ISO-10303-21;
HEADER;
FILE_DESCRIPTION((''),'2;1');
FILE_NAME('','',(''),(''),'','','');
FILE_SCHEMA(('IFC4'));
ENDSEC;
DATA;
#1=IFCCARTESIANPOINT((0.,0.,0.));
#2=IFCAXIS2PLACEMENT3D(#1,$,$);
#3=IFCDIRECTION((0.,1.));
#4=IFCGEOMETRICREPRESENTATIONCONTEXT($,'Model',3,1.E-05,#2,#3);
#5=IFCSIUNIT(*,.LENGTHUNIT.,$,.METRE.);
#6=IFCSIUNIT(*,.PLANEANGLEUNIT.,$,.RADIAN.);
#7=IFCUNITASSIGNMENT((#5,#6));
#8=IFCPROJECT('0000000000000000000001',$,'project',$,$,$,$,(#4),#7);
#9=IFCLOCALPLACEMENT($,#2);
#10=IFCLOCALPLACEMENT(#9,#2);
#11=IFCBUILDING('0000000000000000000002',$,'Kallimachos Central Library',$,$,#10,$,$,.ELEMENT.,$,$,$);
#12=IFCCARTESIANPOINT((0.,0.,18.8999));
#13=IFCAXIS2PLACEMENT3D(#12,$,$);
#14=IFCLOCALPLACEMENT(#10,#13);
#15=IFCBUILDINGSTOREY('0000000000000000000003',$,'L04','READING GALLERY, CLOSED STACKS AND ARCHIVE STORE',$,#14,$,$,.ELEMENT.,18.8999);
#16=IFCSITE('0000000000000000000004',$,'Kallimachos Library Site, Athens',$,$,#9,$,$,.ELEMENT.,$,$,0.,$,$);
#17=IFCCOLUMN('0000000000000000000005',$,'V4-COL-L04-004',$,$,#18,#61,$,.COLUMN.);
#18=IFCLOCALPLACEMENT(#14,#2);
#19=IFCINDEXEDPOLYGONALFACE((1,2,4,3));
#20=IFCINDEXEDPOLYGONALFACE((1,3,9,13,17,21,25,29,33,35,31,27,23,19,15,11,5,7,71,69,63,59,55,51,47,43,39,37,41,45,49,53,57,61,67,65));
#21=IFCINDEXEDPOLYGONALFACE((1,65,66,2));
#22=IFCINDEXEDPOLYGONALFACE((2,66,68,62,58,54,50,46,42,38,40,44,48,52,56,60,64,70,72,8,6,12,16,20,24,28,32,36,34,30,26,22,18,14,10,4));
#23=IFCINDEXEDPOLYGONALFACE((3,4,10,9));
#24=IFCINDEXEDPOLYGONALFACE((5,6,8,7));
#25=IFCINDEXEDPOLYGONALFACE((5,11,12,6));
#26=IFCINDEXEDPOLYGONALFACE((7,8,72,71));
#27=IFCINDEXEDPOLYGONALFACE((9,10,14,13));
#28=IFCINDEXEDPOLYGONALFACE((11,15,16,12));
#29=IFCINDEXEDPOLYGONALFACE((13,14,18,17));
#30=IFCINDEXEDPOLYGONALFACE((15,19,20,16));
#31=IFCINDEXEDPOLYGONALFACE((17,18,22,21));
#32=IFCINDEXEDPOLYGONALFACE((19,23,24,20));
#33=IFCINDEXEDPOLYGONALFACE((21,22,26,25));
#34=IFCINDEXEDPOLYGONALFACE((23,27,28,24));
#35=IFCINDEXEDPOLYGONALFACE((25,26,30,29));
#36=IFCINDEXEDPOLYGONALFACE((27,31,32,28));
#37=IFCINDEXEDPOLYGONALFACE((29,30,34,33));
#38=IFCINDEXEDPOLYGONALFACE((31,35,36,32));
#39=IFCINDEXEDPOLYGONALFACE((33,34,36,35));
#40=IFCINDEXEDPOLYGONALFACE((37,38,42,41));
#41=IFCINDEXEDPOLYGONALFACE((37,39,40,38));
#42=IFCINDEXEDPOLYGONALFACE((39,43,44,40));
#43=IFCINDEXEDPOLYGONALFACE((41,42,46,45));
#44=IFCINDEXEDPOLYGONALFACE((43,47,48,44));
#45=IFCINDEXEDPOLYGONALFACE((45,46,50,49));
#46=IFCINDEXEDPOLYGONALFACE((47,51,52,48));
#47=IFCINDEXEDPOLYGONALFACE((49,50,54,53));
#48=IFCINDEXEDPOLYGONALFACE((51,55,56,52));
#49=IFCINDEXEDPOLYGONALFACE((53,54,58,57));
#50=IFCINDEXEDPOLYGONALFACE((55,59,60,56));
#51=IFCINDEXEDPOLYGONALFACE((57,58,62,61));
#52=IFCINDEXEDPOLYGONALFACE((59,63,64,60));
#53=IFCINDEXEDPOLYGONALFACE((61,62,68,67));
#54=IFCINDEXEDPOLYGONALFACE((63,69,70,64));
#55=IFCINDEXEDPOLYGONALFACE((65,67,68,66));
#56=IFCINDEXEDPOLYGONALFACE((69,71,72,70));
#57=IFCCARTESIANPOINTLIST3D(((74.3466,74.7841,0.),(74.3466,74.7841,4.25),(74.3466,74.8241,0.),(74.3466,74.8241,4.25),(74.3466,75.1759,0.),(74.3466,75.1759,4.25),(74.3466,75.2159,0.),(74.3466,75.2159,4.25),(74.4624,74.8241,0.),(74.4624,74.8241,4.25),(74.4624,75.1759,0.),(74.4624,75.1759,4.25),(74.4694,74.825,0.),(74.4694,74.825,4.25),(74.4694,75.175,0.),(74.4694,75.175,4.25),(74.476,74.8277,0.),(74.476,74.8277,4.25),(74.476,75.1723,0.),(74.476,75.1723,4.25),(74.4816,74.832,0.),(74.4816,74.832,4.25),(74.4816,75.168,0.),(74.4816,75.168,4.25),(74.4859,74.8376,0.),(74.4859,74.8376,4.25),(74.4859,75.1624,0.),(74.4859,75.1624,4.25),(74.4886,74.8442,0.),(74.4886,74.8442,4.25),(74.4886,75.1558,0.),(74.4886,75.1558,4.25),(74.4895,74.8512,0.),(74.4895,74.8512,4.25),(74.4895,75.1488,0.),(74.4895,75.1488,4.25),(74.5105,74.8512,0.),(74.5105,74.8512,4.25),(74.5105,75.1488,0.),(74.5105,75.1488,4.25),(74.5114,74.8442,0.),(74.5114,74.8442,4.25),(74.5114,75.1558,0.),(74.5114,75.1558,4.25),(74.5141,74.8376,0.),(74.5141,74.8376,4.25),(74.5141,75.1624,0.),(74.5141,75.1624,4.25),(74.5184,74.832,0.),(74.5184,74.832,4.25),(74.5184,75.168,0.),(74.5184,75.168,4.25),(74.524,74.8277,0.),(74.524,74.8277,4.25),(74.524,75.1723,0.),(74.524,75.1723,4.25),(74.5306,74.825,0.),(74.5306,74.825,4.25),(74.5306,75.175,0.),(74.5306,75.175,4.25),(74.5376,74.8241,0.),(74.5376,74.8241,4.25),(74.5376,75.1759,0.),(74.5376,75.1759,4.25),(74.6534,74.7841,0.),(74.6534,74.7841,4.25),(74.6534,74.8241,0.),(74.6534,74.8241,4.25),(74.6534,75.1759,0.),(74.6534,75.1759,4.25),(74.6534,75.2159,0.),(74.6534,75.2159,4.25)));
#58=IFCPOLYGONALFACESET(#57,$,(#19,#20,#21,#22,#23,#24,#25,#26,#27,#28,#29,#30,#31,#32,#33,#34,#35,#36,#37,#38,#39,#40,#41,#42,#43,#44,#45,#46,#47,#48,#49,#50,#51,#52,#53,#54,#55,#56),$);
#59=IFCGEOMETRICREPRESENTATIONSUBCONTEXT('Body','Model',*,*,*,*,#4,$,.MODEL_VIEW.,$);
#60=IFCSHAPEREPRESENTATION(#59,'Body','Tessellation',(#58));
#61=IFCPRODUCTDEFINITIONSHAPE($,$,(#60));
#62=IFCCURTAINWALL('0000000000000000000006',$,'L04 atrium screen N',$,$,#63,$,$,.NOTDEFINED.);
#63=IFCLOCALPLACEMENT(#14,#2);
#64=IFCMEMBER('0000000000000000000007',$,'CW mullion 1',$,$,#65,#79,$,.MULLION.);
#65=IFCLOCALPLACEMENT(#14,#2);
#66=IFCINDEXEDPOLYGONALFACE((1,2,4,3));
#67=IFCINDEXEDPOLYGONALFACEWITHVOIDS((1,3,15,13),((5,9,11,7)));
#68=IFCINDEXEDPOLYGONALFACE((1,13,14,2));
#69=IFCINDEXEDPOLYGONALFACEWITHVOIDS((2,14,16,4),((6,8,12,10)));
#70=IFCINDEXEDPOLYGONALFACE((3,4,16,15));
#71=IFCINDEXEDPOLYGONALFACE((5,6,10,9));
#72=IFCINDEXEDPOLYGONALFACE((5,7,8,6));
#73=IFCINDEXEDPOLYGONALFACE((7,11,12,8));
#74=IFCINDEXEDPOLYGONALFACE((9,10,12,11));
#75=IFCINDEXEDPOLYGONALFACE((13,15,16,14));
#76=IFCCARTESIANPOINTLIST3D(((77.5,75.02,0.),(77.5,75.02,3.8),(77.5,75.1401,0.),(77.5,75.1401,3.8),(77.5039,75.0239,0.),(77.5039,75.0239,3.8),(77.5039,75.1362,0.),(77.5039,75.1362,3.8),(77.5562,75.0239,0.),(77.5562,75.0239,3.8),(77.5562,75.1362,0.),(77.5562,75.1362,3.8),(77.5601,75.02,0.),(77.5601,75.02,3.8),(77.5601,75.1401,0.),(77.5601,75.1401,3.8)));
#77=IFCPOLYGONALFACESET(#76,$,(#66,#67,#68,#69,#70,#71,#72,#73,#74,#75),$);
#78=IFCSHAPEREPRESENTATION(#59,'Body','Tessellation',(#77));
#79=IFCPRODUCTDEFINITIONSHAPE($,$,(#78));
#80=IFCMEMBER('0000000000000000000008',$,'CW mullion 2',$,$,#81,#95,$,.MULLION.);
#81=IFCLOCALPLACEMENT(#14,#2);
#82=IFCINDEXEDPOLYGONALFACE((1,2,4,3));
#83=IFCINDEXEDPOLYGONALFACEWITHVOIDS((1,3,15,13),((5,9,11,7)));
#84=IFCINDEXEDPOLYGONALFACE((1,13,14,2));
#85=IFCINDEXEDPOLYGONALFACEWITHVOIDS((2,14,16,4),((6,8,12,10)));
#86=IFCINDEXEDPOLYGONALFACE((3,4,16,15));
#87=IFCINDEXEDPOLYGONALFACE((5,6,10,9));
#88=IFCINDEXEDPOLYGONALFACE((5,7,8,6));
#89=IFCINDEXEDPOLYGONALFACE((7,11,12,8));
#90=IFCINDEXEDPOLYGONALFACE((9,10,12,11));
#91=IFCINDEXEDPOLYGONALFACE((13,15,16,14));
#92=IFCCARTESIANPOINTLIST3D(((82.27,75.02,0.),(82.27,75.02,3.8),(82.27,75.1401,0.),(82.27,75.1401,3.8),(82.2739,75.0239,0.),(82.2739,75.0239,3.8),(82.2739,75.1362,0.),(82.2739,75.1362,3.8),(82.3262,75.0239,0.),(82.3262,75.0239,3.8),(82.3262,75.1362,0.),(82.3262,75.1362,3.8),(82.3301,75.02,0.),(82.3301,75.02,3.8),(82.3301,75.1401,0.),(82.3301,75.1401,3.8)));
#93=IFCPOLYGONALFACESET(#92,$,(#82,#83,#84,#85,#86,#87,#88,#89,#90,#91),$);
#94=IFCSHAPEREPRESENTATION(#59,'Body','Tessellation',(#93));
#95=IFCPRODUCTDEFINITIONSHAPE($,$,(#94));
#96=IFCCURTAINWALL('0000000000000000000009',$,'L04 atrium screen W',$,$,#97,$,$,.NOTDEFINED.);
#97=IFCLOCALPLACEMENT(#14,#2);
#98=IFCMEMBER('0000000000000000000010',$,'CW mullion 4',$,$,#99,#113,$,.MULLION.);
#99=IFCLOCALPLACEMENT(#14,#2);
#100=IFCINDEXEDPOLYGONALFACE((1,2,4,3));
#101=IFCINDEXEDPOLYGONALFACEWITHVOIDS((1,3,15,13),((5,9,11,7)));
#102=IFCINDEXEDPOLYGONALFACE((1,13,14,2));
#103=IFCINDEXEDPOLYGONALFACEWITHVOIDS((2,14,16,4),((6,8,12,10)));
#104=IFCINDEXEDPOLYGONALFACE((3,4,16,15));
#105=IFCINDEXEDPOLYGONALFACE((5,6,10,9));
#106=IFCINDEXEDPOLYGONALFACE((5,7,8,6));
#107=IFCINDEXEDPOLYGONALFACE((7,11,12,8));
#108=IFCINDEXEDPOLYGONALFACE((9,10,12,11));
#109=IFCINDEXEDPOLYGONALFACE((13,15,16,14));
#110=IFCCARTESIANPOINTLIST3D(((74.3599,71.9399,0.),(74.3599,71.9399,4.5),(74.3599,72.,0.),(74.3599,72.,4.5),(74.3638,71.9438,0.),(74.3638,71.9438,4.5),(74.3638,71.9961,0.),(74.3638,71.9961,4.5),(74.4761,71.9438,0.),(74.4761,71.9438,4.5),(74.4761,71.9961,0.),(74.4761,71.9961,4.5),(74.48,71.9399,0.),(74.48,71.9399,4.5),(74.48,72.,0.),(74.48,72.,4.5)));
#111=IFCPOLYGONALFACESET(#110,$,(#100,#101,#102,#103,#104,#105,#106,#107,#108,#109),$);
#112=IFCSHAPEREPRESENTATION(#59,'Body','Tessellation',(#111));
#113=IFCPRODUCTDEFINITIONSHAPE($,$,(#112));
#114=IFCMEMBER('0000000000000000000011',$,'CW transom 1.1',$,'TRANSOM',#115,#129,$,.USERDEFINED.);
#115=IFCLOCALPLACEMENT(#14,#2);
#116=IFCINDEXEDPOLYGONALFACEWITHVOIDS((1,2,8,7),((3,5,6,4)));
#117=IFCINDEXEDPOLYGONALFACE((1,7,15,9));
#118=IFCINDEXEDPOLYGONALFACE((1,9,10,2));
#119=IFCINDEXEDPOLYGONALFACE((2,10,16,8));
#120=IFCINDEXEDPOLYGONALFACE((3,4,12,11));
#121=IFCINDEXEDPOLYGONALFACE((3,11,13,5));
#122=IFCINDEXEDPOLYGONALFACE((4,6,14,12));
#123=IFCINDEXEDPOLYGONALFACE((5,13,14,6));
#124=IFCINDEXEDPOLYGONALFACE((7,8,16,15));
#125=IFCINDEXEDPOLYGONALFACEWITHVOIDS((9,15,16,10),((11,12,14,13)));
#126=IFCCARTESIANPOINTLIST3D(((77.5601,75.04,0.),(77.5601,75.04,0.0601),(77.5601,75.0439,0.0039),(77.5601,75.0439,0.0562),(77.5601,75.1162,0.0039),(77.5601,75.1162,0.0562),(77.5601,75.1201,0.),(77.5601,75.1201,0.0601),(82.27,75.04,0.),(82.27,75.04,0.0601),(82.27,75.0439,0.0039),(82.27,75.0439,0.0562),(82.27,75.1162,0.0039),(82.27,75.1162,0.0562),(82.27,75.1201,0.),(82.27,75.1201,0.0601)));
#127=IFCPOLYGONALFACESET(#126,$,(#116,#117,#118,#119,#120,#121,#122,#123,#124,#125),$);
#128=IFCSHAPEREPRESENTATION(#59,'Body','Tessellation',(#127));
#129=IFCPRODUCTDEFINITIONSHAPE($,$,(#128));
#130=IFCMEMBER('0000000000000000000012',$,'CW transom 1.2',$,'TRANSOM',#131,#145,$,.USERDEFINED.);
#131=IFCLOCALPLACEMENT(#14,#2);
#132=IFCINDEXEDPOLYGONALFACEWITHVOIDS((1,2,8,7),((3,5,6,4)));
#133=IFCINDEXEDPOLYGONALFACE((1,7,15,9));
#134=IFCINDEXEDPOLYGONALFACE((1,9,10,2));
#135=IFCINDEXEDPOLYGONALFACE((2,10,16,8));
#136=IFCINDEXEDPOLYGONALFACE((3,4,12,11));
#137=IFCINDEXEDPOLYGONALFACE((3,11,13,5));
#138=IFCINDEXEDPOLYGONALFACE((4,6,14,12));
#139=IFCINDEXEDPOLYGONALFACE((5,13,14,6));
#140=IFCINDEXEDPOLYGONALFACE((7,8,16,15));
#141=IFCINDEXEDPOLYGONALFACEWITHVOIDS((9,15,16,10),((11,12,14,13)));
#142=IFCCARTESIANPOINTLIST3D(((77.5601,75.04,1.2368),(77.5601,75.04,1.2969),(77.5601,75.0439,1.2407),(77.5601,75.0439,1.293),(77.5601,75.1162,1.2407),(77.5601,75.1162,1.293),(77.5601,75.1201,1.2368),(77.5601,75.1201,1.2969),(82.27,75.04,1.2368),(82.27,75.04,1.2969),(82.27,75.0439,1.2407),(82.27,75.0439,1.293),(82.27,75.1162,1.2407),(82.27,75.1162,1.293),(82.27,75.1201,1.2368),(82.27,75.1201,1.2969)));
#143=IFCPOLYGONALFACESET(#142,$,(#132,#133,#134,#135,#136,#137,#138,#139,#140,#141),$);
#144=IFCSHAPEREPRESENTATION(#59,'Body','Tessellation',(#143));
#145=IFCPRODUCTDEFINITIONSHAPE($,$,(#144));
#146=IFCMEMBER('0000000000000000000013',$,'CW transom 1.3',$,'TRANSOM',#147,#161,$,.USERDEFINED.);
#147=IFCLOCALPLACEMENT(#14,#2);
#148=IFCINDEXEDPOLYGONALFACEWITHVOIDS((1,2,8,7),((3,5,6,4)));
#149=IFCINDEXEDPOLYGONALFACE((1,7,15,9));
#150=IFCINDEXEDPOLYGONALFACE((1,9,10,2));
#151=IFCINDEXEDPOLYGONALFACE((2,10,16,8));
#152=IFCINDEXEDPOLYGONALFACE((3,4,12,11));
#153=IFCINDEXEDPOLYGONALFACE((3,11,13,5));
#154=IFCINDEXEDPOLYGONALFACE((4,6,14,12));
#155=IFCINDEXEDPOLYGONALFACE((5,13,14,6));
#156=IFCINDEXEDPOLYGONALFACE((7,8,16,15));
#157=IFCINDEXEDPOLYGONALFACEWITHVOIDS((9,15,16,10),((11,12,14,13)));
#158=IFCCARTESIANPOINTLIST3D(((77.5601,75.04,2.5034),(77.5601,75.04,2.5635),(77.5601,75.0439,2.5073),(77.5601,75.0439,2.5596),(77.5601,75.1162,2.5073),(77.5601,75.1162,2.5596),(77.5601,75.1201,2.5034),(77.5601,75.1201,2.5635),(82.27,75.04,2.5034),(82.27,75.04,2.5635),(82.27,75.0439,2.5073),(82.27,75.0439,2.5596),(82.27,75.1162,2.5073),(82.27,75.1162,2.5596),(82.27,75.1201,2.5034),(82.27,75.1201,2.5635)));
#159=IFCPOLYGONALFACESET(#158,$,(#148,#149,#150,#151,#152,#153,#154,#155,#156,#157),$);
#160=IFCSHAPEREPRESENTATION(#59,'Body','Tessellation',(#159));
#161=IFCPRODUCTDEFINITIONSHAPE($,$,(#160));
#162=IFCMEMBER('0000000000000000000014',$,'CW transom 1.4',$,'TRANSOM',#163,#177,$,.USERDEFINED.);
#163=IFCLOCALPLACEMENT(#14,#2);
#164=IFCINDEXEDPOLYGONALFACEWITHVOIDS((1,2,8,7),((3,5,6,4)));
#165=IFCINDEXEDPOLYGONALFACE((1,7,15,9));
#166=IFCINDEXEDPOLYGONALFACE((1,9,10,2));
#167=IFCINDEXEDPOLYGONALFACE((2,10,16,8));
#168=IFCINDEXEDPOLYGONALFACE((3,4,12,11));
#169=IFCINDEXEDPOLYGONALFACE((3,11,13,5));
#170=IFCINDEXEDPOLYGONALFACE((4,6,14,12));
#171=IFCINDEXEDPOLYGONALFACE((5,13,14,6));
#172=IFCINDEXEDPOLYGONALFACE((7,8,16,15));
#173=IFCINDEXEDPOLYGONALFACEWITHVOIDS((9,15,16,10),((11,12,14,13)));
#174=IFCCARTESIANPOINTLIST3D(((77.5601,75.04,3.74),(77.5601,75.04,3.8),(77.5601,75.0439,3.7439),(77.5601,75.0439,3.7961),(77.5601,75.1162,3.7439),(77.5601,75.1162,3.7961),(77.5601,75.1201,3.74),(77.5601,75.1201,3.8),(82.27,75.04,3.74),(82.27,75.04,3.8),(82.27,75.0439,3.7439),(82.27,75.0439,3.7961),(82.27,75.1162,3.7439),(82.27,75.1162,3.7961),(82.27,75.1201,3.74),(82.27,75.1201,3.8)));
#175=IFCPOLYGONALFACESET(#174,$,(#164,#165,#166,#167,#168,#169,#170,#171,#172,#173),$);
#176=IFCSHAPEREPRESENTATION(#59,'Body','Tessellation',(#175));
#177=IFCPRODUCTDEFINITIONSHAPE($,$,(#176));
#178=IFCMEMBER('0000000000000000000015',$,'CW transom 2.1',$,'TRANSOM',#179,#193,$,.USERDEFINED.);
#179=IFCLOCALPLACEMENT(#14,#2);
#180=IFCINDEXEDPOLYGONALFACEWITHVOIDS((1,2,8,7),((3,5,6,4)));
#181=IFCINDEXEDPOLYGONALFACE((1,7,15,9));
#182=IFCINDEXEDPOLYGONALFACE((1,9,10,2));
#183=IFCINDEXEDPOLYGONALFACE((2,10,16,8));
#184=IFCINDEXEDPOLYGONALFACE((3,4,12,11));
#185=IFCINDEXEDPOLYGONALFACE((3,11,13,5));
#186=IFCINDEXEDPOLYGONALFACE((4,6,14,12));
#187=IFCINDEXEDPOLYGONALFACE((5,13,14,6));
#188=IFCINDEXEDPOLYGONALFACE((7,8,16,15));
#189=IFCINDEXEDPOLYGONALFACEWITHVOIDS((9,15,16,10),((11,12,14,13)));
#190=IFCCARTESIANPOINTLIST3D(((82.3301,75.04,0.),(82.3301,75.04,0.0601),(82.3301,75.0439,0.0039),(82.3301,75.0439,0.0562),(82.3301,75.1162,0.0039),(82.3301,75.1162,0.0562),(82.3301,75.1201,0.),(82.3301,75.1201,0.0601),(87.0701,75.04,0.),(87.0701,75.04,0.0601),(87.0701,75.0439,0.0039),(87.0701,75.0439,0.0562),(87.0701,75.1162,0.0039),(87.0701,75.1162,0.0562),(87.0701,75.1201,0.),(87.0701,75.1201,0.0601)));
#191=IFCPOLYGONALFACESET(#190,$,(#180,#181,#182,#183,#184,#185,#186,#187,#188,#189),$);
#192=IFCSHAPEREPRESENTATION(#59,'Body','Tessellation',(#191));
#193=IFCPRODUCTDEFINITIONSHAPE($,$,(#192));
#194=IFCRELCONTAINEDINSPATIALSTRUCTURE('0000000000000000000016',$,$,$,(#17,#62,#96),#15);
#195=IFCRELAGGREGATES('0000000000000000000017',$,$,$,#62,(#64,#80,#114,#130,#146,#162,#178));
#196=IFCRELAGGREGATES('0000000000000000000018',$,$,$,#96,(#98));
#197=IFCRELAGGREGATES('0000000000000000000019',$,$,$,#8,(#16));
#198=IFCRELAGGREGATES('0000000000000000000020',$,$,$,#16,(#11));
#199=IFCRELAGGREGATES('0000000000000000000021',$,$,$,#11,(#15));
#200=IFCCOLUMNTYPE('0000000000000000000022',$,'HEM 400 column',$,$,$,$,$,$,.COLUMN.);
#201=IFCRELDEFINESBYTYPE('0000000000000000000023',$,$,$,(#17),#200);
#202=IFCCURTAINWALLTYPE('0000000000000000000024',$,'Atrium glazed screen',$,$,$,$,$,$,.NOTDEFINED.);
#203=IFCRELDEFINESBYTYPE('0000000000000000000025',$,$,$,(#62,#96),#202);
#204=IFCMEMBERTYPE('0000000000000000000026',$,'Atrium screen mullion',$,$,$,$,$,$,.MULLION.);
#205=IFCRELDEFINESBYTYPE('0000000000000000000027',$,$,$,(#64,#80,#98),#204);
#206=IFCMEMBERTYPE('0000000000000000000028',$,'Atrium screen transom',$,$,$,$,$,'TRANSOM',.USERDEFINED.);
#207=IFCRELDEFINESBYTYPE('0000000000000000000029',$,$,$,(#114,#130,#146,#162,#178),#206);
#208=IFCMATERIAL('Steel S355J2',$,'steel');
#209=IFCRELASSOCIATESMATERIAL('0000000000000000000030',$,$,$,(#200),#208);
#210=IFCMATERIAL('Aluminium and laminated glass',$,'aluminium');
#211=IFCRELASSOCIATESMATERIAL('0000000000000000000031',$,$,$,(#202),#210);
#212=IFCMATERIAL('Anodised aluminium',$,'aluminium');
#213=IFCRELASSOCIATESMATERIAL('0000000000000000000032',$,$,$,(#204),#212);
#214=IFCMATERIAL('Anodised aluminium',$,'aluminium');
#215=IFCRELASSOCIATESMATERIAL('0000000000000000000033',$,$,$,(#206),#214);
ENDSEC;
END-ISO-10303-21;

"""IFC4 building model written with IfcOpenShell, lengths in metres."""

from ifc_helpers import new_model, si_unit, direction, frame, origin, origin_2d, place, context, subcontext, project, spatial, hollow_rectangle, i_section, extrude, material, material_profile, profile_set, type_object, element, aggregate, save


model = new_model("IFC4")

# Units and contexts
model_context = context("Model", 3, precision=1e-05, world=origin(), true_north=direction((0.0, 1.0)))
body_context = subcontext(model_context, "Body", "Model", "MODEL_VIEW")
ifc_project = project(units=[si_unit("LENGTHUNIT", "METRE"), si_unit("PLANEANGLEUNIT", "RADIAN")], contexts=[model_context])

# Site, building, storey
site_placement = place(None, origin())
site = spatial("IfcSite", under=ifc_project, at=site_placement, Name="Kallimachos Library Site, Athens", CompositionType="ELEMENT", RefElevation=0.0)
building_placement = place(site_placement, origin())
building = spatial("IfcBuilding", under=site, at=building_placement, Name="Kallimachos Central Library", CompositionType="ELEMENT")
storey_placement = place(building_placement, frame((0.0, 0.0, 18.8999)))
storey = spatial("IfcBuildingStorey", under=building, at=storey_placement, Name="L04", Description="READING GALLERY, CLOSED STACKS AND ARCHIVE STORE", CompositionType="ELEMENT", Elevation=18.8999)

# Column
ifc_material_1 = material(Name="Steel S355J2", Category="steel")
ifc_material_profile_1 = material_profile(ifc_material_1, i_section(OverallWidth=0.3069, OverallDepth=0.4319, WebThickness=0.021, FlangeThickness=0.04, FilletRadius=0.0271, at=origin_2d()), Name="HEM 400")
ifc_profile_set_1 = profile_set([ifc_material_profile_1], Name="Steel S355J2")
column_type = type_object("IfcColumnType", Name="HEM 400 column", PredefinedType="COLUMN", material=ifc_profile_set_1)
column_placement = place(storey_placement, frame((74.5, 75.0, 0.0), z_axis=(0.0, 0.0, 1.0), x_axis=(1.0, 0.0, 0.0)))
element("IfcColumn", 1, at=column_placement, inside=storey, type_object=column_type, Name="V4-COL-L04-004", PredefinedType="COLUMN", context=body_context, shape_type="SweptSolid", body=[
    extrude(i_section(OverallWidth=0.3069, OverallDepth=0.4319, WebThickness=0.021, FlangeThickness=0.04, FilletRadius=0.0271, at=origin_2d()), origin(), (0.0, 0.0, 1.0), 4.25),
])

# Curtain wall, members
ifc_material_2 = material(Name="Aluminium and laminated glass", Category="aluminium")
curtain_wall_type = type_object("IfcCurtainWallType", Name="Atrium glazed screen", PredefinedType="NOTDEFINED", material=ifc_material_2)
curtain_wall_1_placement = place(storey_placement, origin())
curtain_wall_1 = element("IfcCurtainWall", 2, at=curtain_wall_1_placement, inside=storey, type_object=curtain_wall_type, Name="L04 atrium screen N", PredefinedType="NOTDEFINED")
ifc_material_3 = material(Name="Anodised aluminium", Category="aluminium")
ifc_material_profile_2 = material_profile(ifc_material_3, hollow_rectangle(XDim=0.0601, YDim=0.1201, WallThickness=0.0039, at=origin_2d()), Name="ALU MULLION 60x120")
ifc_profile_set_2 = profile_set([ifc_material_profile_2], Name="Anodised aluminium")
member_type_1 = type_object("IfcMemberType", Name="Atrium screen mullion", PredefinedType="MULLION", material=ifc_profile_set_2)
member_1_placement = place(storey_placement, frame((77.53, 75.0801, 0.0), z_axis=(0.0, 0.0, 1.0), x_axis=(1.0, 0.0, 0.0)))
member_1 = element("IfcMember", 3, at=member_1_placement, type_object=member_type_1, Name="CW mullion 1", PredefinedType="MULLION", context=body_context, shape_type="SweptSolid", body=[
    extrude(hollow_rectangle(XDim=0.0601, YDim=0.1201, WallThickness=0.0039, at=origin_2d()), origin(), (0.0, 0.0, 1.0), 3.8),
])
member_2_placement = place(storey_placement, frame((82.3, 75.0801, 0.0), z_axis=(0.0, 0.0, 1.0), x_axis=(1.0, 0.0, 0.0)))
member_2 = element("IfcMember", 4, at=member_2_placement, type_object=member_type_1, Name="CW mullion 2", PredefinedType="MULLION", context=body_context, shape_type="SweptSolid", body=[
    extrude(hollow_rectangle(XDim=0.0601, YDim=0.1201, WallThickness=0.0039, at=origin_2d()), origin(), (0.0, 0.0, 1.0), 3.8),
])

# Curtain wall, member
curtain_wall_2_placement = place(storey_placement, origin())
curtain_wall_2 = element("IfcCurtainWall", 5, at=curtain_wall_2_placement, inside=storey, type_object=curtain_wall_type, Name="L04 atrium screen W", PredefinedType="NOTDEFINED")
member_3_placement = place(storey_placement, frame((74.4199, 71.97, 0.0), z_axis=(0.0, 0.0, 1.0), x_axis=(0.0, 1.0, 0.0)))
member_3 = element("IfcMember", 6, at=member_3_placement, type_object=member_type_1, Name="CW mullion 4", PredefinedType="MULLION", context=body_context, shape_type="SweptSolid", body=[
    extrude(hollow_rectangle(XDim=0.0601, YDim=0.1201, WallThickness=0.0039, at=origin_2d()), origin(), (0.0, 0.0, 1.0), 4.5),
])

# Members
ifc_material_4 = material(Name="Anodised aluminium", Category="aluminium")
ifc_material_profile_3 = material_profile(ifc_material_4, hollow_rectangle(XDim=0.0601, YDim=0.0801, WallThickness=0.0039, at=origin_2d()), Name="ALU TRANSOM 60x80")
ifc_profile_set_3 = profile_set([ifc_material_profile_3], Name="Anodised aluminium")
member_type_2 = type_object("IfcMemberType", Name="Atrium screen transom", ElementType="TRANSOM", PredefinedType="USERDEFINED", material=ifc_profile_set_3)
member_4_placement = place(storey_placement, frame((77.5601, 75.0801, 0.03), z_axis=(1.0, 0.0, 0.0), x_axis=(0.0, 0.0, 1.0)))
member_4 = element("IfcMember", 7, at=member_4_placement, type_object=member_type_2, Name="CW transom 1.1", ObjectType="TRANSOM", PredefinedType="USERDEFINED", context=body_context, shape_type="SweptSolid", body=[
    extrude(hollow_rectangle(XDim=0.0601, YDim=0.0801, WallThickness=0.0039, at=origin_2d()), origin(), (0.0, 0.0, 1.0), 4.71),
])
member_5_placement = place(storey_placement, frame((77.5601, 75.0801, 1.2668), z_axis=(1.0, 0.0, 0.0), x_axis=(0.0, 0.0, 1.0)))
member_5 = element("IfcMember", 8, at=member_5_placement, type_object=member_type_2, Name="CW transom 1.2", ObjectType="TRANSOM", PredefinedType="USERDEFINED", context=body_context, shape_type="SweptSolid", body=[
    extrude(hollow_rectangle(XDim=0.0601, YDim=0.0801, WallThickness=0.0039, at=origin_2d()), origin(), (0.0, 0.0, 1.0), 4.71),
])
member_6_placement = place(storey_placement, frame((77.5601, 75.0801, 2.5334), z_axis=(1.0, 0.0, 0.0), x_axis=(0.0, 0.0, 1.0)))
member_6 = element("IfcMember", 9, at=member_6_placement, type_object=member_type_2, Name="CW transom 1.3", ObjectType="TRANSOM", PredefinedType="USERDEFINED", context=body_context, shape_type="SweptSolid", body=[
    extrude(hollow_rectangle(XDim=0.0601, YDim=0.0801, WallThickness=0.0039, at=origin_2d()), origin(), (0.0, 0.0, 1.0), 4.71),
])
member_7_placement = place(storey_placement, frame((77.5601, 75.0801, 3.77), z_axis=(1.0, 0.0, 0.0), x_axis=(0.0, 0.0, 1.0)))
member_7 = element("IfcMember", 10, at=member_7_placement, type_object=member_type_2, Name="CW transom 1.4", ObjectType="TRANSOM", PredefinedType="USERDEFINED", context=body_context, shape_type="SweptSolid", body=[
    extrude(hollow_rectangle(XDim=0.0601, YDim=0.0801, WallThickness=0.0039, at=origin_2d()), origin(), (0.0, 0.0, 1.0), 4.71),
])
member_8_placement = place(storey_placement, frame((82.3301, 75.0801, 0.03), z_axis=(1.0, 0.0, 0.0), x_axis=(0.0, 0.0, 1.0)))
member_8 = element("IfcMember", 11, at=member_8_placement, type_object=member_type_2, Name="CW transom 2.1", ObjectType="TRANSOM", PredefinedType="USERDEFINED", context=body_context, shape_type="SweptSolid", body=[
    extrude(hollow_rectangle(XDim=0.0601, YDim=0.0801, WallThickness=0.0039, at=origin_2d()), origin(), (0.0, 0.0, 1.0), 4.74),
])

aggregate(curtain_wall_1, [member_1, member_2, member_4, member_5, member_6, member_7, member_8])
aggregate(curtain_wall_2, [member_3])

save(model, "model.ifc")
